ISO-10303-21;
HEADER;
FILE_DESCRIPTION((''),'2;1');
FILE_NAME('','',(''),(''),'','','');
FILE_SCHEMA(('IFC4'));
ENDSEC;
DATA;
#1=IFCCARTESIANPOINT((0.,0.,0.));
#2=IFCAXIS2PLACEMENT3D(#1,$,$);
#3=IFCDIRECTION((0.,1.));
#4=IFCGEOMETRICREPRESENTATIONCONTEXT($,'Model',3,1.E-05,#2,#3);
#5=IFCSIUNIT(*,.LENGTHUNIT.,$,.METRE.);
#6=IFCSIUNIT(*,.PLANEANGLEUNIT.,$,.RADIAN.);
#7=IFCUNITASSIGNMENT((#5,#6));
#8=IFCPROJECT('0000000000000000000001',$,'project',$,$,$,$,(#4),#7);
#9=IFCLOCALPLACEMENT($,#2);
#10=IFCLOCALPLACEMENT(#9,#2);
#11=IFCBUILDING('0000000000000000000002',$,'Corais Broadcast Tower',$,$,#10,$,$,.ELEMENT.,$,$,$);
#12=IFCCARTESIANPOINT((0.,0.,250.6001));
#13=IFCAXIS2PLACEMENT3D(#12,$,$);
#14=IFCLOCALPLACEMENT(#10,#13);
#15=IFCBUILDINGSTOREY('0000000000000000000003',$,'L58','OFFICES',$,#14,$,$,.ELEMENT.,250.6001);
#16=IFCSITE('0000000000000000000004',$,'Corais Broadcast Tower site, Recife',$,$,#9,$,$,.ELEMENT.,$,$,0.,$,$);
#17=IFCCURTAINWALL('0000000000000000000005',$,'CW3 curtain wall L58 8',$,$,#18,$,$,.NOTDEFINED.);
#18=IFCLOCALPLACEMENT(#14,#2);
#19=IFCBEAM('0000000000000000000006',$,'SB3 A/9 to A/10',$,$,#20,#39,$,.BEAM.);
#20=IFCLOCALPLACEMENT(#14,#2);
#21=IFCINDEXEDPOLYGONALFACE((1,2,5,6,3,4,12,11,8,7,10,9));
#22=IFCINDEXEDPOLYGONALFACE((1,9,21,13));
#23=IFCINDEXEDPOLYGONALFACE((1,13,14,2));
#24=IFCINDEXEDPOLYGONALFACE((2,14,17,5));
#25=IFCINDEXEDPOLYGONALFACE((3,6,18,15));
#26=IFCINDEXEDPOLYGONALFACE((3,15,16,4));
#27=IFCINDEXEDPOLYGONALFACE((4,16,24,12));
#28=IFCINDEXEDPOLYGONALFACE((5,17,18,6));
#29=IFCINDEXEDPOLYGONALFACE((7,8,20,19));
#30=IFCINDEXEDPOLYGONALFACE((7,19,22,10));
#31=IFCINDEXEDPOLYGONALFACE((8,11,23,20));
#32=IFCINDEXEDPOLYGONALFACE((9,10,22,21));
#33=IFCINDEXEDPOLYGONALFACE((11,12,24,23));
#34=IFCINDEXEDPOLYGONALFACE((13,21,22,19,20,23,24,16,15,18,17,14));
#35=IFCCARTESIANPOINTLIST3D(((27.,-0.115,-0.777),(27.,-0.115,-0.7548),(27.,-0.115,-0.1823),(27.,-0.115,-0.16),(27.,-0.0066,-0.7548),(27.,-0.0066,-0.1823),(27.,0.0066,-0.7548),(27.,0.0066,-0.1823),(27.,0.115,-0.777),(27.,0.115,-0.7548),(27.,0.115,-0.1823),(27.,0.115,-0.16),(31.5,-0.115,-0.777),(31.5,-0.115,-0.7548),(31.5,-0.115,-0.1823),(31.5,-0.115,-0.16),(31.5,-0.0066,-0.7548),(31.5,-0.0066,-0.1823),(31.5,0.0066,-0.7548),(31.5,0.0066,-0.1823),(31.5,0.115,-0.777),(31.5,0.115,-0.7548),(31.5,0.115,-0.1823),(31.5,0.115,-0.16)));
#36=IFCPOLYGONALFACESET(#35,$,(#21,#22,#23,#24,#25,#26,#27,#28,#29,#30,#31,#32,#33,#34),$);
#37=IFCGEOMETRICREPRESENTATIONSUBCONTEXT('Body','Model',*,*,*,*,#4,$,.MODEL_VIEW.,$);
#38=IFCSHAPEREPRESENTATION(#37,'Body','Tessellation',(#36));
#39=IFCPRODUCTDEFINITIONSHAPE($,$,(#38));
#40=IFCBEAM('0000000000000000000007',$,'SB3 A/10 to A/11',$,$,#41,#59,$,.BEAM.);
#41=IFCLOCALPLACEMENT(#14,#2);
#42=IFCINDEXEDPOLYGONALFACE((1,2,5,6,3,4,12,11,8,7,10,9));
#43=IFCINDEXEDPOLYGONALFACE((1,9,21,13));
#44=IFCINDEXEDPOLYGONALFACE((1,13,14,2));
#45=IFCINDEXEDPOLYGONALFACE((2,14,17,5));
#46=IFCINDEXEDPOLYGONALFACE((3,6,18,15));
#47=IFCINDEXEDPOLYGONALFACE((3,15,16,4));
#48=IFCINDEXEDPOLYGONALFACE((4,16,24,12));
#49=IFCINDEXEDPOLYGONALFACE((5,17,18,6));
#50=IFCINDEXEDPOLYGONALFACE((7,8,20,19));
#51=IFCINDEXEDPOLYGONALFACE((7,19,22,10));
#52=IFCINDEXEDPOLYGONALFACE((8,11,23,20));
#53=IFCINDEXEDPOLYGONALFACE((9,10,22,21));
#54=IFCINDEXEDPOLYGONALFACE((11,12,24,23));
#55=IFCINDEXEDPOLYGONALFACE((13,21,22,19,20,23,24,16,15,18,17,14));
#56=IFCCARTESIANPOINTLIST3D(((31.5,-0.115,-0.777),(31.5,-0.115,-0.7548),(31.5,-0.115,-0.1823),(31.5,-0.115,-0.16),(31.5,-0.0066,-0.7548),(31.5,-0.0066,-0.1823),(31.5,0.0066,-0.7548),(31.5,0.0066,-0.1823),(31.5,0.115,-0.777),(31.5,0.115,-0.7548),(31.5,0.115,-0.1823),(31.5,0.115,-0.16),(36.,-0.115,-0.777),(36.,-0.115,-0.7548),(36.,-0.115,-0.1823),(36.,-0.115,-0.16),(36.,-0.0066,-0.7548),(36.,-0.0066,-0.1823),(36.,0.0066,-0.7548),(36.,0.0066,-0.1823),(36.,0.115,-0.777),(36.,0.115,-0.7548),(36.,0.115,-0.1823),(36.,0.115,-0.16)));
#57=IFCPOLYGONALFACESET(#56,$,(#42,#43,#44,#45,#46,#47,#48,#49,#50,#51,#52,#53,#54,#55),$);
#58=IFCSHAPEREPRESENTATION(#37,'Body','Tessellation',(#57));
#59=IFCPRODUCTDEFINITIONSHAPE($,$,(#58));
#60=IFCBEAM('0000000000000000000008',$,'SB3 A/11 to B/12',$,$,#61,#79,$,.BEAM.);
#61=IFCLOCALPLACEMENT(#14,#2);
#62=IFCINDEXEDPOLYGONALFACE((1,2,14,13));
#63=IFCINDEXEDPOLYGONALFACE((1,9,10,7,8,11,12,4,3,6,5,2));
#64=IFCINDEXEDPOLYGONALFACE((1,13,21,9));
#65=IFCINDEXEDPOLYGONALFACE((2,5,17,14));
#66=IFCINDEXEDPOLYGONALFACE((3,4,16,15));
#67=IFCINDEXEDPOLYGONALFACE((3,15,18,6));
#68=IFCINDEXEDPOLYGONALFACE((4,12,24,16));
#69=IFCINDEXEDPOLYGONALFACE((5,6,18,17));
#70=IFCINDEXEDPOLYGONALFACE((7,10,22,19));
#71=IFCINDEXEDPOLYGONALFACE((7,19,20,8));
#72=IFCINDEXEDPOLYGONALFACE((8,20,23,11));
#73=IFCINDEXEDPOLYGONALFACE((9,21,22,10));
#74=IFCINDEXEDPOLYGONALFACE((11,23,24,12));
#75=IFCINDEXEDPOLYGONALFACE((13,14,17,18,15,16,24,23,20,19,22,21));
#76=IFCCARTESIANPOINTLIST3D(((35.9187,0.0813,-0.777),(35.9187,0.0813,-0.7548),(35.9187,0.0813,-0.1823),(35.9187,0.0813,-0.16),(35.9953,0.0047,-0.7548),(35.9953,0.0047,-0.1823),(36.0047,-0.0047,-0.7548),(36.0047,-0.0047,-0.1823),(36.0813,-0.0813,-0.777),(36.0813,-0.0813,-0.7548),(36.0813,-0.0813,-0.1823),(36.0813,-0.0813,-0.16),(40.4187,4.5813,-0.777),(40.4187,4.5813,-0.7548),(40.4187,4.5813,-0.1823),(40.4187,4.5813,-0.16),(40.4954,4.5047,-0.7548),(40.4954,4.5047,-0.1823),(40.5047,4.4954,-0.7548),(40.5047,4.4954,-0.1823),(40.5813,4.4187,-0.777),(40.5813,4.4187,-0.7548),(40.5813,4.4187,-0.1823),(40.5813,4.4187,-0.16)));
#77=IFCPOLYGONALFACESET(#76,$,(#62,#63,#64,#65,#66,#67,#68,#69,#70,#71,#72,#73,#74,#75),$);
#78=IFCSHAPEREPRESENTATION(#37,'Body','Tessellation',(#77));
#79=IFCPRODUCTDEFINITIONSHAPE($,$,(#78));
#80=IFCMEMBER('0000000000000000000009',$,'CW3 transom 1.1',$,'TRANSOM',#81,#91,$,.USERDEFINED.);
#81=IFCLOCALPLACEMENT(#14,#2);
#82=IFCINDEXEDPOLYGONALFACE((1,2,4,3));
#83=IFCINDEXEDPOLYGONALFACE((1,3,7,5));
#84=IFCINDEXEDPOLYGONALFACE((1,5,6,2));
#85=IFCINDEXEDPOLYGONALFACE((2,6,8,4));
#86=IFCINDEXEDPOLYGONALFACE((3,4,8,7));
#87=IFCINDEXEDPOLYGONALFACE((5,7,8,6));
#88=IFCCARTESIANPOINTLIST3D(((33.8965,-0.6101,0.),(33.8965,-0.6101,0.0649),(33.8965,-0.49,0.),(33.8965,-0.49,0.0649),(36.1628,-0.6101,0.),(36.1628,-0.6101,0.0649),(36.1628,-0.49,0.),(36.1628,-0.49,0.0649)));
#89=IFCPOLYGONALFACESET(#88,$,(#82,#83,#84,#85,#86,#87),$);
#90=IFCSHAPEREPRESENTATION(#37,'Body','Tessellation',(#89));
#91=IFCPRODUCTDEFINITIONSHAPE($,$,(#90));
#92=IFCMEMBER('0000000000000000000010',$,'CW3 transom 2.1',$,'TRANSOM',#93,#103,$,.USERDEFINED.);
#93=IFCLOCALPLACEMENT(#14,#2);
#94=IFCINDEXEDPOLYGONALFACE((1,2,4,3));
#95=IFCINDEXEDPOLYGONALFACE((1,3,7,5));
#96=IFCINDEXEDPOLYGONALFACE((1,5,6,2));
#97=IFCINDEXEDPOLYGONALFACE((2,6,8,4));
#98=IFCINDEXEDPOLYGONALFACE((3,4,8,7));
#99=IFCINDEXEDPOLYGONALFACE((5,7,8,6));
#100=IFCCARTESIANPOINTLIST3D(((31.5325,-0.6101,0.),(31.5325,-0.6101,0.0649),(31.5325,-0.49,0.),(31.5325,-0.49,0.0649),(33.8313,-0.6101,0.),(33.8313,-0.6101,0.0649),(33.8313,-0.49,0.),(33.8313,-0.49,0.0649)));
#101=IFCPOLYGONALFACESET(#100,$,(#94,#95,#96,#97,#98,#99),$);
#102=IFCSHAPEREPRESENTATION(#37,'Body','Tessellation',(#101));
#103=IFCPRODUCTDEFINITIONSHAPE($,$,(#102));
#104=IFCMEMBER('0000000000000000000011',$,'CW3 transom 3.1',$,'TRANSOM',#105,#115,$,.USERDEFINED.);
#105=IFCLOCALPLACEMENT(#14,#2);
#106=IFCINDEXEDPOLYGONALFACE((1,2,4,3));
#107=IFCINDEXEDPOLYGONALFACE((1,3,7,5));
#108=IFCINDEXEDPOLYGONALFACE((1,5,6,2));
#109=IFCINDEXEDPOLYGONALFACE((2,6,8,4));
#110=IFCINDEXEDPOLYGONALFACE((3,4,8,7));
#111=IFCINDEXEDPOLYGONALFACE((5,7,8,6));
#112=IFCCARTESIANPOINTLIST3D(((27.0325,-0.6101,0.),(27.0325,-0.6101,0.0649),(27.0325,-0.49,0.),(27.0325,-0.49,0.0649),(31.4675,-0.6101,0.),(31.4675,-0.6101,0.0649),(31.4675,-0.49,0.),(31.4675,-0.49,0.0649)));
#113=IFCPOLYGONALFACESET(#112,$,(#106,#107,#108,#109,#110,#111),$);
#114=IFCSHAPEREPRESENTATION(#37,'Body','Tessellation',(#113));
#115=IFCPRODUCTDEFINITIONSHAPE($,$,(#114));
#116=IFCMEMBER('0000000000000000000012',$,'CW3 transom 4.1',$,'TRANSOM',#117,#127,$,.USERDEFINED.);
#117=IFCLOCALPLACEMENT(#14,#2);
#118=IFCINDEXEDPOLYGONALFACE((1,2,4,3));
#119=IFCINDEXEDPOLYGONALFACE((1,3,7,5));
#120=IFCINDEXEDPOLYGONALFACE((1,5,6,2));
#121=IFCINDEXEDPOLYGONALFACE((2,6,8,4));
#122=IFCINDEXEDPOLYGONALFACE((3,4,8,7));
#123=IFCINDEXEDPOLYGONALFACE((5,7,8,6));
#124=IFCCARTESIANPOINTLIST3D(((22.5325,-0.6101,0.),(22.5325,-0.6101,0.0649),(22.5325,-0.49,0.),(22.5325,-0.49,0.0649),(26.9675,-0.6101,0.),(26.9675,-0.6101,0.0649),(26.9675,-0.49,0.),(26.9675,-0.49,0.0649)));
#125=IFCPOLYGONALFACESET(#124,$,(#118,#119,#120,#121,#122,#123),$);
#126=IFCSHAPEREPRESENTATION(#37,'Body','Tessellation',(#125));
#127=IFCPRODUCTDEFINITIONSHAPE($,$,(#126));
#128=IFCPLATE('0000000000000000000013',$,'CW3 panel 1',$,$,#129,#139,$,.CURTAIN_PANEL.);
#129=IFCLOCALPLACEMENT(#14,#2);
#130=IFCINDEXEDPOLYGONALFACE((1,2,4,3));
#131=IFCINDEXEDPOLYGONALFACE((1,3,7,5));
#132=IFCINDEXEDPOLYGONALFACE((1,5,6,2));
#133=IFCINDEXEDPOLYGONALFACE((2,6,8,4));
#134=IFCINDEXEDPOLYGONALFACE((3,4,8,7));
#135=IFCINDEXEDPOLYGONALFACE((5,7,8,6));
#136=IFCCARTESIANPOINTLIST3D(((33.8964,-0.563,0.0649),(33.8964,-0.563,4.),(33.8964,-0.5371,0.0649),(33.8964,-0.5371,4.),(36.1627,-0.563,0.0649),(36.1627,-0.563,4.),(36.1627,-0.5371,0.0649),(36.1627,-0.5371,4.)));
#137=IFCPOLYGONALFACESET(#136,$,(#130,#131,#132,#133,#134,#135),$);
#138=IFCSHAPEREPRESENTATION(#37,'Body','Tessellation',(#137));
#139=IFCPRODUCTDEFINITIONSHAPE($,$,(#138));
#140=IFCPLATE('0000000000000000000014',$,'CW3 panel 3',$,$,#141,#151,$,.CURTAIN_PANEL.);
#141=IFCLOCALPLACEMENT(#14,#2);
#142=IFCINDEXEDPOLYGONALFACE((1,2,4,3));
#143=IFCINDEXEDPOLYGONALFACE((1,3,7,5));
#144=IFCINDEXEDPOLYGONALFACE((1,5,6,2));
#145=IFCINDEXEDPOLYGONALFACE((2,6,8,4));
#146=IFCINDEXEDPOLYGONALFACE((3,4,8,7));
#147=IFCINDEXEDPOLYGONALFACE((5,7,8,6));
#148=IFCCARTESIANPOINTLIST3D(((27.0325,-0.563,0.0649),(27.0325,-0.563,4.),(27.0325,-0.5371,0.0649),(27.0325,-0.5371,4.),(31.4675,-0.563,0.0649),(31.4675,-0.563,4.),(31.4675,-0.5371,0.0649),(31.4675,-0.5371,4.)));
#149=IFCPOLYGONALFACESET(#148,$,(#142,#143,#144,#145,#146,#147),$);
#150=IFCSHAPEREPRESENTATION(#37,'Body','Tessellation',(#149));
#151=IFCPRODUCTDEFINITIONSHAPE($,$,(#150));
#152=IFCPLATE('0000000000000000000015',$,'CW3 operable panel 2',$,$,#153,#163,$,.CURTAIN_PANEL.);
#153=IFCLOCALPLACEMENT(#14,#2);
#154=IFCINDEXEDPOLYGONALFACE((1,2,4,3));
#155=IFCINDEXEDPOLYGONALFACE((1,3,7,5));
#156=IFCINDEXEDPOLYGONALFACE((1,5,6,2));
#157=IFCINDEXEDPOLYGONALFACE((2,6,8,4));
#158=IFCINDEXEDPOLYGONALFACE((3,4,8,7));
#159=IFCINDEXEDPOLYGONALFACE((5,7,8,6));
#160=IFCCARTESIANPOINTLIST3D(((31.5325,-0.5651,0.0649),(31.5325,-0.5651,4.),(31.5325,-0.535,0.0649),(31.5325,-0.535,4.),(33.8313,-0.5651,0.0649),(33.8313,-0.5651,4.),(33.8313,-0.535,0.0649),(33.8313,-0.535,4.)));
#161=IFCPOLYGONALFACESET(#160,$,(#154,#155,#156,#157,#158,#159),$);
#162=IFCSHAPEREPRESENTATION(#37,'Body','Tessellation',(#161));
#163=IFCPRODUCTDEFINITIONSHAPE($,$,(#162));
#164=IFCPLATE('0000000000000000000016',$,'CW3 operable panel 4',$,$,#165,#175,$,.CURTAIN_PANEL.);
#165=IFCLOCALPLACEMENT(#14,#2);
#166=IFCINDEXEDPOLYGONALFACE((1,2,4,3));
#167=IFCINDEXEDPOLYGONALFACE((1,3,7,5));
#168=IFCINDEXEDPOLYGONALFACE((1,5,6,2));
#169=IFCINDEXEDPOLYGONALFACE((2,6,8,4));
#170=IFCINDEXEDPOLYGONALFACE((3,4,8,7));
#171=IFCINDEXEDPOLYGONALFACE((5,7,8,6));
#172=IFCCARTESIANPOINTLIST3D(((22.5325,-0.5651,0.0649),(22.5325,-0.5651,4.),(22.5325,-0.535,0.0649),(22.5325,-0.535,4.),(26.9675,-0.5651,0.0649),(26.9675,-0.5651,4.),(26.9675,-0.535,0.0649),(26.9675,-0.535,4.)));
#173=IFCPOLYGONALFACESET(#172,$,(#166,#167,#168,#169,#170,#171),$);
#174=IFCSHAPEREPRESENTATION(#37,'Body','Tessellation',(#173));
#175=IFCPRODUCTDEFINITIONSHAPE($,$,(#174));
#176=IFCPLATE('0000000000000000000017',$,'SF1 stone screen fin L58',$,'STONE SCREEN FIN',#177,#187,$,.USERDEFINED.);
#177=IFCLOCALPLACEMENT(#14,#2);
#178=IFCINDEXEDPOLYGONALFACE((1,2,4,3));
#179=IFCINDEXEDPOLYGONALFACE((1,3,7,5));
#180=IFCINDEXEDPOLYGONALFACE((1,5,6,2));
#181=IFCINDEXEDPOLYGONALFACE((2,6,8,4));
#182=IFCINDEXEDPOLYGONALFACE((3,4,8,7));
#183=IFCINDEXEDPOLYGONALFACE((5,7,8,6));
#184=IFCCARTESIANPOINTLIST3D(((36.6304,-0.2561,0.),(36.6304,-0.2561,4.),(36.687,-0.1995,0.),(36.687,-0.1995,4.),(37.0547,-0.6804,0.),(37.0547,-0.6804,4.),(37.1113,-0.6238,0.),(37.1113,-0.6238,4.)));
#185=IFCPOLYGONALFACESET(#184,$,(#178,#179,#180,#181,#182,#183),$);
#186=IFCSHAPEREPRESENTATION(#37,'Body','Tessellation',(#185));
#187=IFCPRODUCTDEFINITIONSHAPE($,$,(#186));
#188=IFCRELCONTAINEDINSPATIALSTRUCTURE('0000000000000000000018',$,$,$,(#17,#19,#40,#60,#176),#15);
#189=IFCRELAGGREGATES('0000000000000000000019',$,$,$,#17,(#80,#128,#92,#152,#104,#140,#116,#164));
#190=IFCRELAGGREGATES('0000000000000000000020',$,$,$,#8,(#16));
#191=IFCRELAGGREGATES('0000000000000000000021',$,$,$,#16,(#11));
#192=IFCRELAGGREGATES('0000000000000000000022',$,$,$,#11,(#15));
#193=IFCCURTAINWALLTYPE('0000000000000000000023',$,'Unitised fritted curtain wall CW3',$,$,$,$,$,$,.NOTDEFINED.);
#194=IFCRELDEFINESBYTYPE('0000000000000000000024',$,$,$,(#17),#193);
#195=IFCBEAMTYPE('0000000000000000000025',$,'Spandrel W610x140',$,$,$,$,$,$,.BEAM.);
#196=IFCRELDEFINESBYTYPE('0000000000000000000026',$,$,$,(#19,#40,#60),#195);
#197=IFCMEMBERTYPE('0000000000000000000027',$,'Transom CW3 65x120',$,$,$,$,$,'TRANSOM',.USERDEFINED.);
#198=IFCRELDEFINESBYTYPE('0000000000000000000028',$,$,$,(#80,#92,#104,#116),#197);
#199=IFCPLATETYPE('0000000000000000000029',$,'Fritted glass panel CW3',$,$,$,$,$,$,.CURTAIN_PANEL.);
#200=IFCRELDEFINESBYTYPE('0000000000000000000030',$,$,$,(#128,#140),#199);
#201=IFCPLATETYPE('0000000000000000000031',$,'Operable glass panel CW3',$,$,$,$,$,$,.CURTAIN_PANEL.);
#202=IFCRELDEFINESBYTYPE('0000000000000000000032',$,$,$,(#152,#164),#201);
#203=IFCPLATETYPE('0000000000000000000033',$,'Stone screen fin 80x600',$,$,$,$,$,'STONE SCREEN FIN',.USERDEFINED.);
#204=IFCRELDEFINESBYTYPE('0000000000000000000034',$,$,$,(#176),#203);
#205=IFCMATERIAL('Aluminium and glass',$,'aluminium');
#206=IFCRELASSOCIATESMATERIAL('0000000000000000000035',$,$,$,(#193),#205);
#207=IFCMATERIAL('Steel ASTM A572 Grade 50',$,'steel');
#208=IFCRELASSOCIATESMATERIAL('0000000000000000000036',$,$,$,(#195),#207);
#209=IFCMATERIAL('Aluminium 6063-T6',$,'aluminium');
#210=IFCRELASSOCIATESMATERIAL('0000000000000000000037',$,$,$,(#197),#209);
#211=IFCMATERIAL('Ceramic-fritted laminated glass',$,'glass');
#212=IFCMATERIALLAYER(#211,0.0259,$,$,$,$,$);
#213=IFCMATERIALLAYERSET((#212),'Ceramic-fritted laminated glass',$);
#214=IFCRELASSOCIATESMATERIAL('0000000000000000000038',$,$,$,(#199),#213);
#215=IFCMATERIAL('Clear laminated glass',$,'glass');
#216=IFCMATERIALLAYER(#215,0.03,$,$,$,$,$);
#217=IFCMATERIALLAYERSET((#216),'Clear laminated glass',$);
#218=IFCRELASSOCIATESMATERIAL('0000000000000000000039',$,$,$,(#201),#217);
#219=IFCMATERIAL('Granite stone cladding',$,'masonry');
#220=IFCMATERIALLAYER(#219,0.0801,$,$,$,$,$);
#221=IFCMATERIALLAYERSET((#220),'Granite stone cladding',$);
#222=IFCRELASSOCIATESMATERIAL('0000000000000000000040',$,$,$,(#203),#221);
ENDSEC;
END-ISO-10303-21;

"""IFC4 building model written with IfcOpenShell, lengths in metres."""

from ifc_helpers import new_model, si_unit, direction, frame, origin, origin_2d, place, context, subcontext, project, spatial, rectangle, i_section, extrude, material, layer, layer_set, material_profile, profile_set, type_object, element, aggregate, save


model = new_model("IFC4")

# Units and contexts
model_context = context("Model", 3, precision=1e-05, world=origin(), true_north=direction((0.0, 1.0)))
body_context = subcontext(model_context, "Body", "Model", "MODEL_VIEW")
ifc_project = project(units=[si_unit("LENGTHUNIT", "METRE"), si_unit("PLANEANGLEUNIT", "RADIAN")], contexts=[model_context])

# Site, building, storey
site_placement = place(None, origin())
site = spatial("IfcSite", under=ifc_project, at=site_placement, Name="Corais Broadcast Tower site, Recife", CompositionType="ELEMENT", RefElevation=0.0)
building_placement = place(site_placement, origin())
building = spatial("IfcBuilding", under=site, at=building_placement, Name="Corais Broadcast Tower", CompositionType="ELEMENT")
storey_placement = place(building_placement, frame((0.0, 0.0, 250.6001)))
storey = spatial("IfcBuildingStorey", under=building, at=storey_placement, Name="L58", Description="OFFICES", CompositionType="ELEMENT", Elevation=250.6001)

# Shared definitions
ifc_material_1 = material(Name="Aluminium and glass", Category="aluminium")
curtain_wall_type = type_object("IfcCurtainWallType", Name="Unitised fritted curtain wall CW3", PredefinedType="NOTDEFINED", material=ifc_material_1)

# Curtain wall
curtain_wall_1_placement = place(storey_placement, origin())
curtain_wall_1 = element("IfcCurtainWall", 1, at=curtain_wall_1_placement, inside=storey, type_object=curtain_wall_type, Name="CW3 curtain wall L58 8", PredefinedType="NOTDEFINED")

# Beams
ifc_material_2 = material(Name="Steel ASTM A572 Grade 50", Category="steel")
ifc_material_profile_1 = material_profile(ifc_material_2, i_section(OverallWidth=0.23, OverallDepth=0.6169, WebThickness=0.0132, FlangeThickness=0.0222, at=origin_2d()), Name="W610x140")
ifc_profile_set_1 = profile_set([ifc_material_profile_1], Name="Steel ASTM A572 Grade 50")
beam_type_1 = type_object("IfcBeamType", Name="Spandrel W610x140", PredefinedType="BEAM", material=ifc_profile_set_1)
for number, where, z_axis, x_axis, name in (
    (2, (27.0, 0.0, -0.4685), (1.0, 0.0, 0.0), (0.0, 1.0, 0.0), "SB3 A/9 to A/10"),
    (3, (31.5, 0.0, -0.4685), (1.0, 0.0, 0.0), (0.0, 1.0, 0.0), "SB3 A/10 to A/11"),
):
    element("IfcBeam", number, at=place(storey_placement, frame(where, z_axis=z_axis, x_axis=x_axis)), inside=storey, type_object=beam_type_1, Name=name, PredefinedType="BEAM", context=body_context, shape_type="SweptSolid", body=[
        extrude(i_section(OverallWidth=0.23, OverallDepth=0.6169, WebThickness=0.0132, FlangeThickness=0.0222, at=origin_2d()), origin(), (0.0, 0.0, 1.0), 4.5),
    ])
beam_placement = place(storey_placement, frame((36.0, 0.0, -0.4685), z_axis=(0.707107, 0.707107, 0.0), x_axis=(-0.707107, 0.707107, 0.0)))
element("IfcBeam", 4, at=beam_placement, inside=storey, type_object=beam_type_1, Name="SB3 A/11 to B/12", PredefinedType="BEAM", context=body_context, shape_type="SweptSolid", body=[
    extrude(i_section(OverallWidth=0.23, OverallDepth=0.6169, WebThickness=0.0132, FlangeThickness=0.0222, at=origin_2d()), origin(), (0.0, 0.0, 1.0), 6.364),
])

# Members
ifc_material_3 = material(Name="Aluminium 6063-T6", Category="aluminium")
ifc_material_profile_2 = material_profile(ifc_material_3, rectangle(XDim=0.1201, YDim=0.0649, at=origin_2d()), Name="Transom CW3 65x120")
ifc_profile_set_2 = profile_set([ifc_material_profile_2], Name="Aluminium 6063-T6")
member_type_1 = type_object("IfcMemberType", Name="Transom CW3 65x120", ElementType="TRANSOM", PredefinedType="USERDEFINED", material=ifc_profile_set_2)
member_1_placement = place(storey_placement, frame((36.1628, -0.55, 0.0325), z_axis=(-1.0, 0.0, 0.0), x_axis=(0.0, -1.0, 0.0)))
member_1 = element("IfcMember", 5, at=member_1_placement, type_object=member_type_1, Name="CW3 transom 1.1", ObjectType="TRANSOM", PredefinedType="USERDEFINED", context=body_context, shape_type="SweptSolid", body=[
    extrude(rectangle(XDim=0.1201, YDim=0.0649, at=origin_2d()), origin(), (0.0, 0.0, 1.0), 2.2664),
])
member_2_placement = place(storey_placement, frame((33.8313, -0.55, 0.0325), z_axis=(-1.0, 0.0, 0.0), x_axis=(0.0, -1.0, 0.0)))
member_2 = element("IfcMember", 6, at=member_2_placement, type_object=member_type_1, Name="CW3 transom 2.1", ObjectType="TRANSOM", PredefinedType="USERDEFINED", context=body_context, shape_type="SweptSolid", body=[
    extrude(rectangle(XDim=0.1201, YDim=0.0649, at=origin_2d()), origin(), (0.0, 0.0, 1.0), 2.2988),
])
member_3_placement = place(storey_placement, frame((31.4675, -0.55, 0.0325), z_axis=(-1.0, 0.0, 0.0), x_axis=(0.0, -1.0, 0.0)))
member_3 = element("IfcMember", 7, at=member_3_placement, type_object=member_type_1, Name="CW3 transom 3.1", ObjectType="TRANSOM", PredefinedType="USERDEFINED", context=body_context, shape_type="SweptSolid", body=[
    extrude(rectangle(XDim=0.1201, YDim=0.0649, at=origin_2d()), origin(), (0.0, 0.0, 1.0), 4.4351),
])
member_4_placement = place(storey_placement, frame((26.9675, -0.55, 0.0325), z_axis=(-1.0, 0.0, 0.0), x_axis=(0.0, -1.0, 0.0)))
member_4 = element("IfcMember", 8, at=member_4_placement, type_object=member_type_1, Name="CW3 transom 4.1", ObjectType="TRANSOM", PredefinedType="USERDEFINED", context=body_context, shape_type="SweptSolid", body=[
    extrude(rectangle(XDim=0.1201, YDim=0.0649, at=origin_2d()), origin(), (0.0, 0.0, 1.0), 4.4351),
])

# Plates
ifc_material_4 = material(Name="Ceramic-fritted laminated glass", Category="glass")
ifc_layer_1 = layer(ifc_material_4, 0.0259)
ifc_layer_set_1 = layer_set([ifc_layer_1], Name="Ceramic-fritted laminated glass")
plate_type_1 = type_object("IfcPlateType", Name="Fritted glass panel CW3", PredefinedType="CURTAIN_PANEL", material=ifc_layer_set_1)
plate_1_placement = place(storey_placement, frame((35.0295, -0.55, 0.0649), z_axis=(0.0, 0.0, 1.0), x_axis=(-1.0, 0.0, 0.0)))
plate_1 = element("IfcPlate", 9, at=plate_1_placement, type_object=plate_type_1, Name="CW3 panel 1", PredefinedType="CURTAIN_PANEL", context=body_context, shape_type="SweptSolid", body=[
    extrude(rectangle(XDim=2.2664, YDim=0.0259, at=origin_2d()), origin(), (0.0, 0.0, 1.0), 3.9351),
])
plate_2_placement = place(storey_placement, frame((29.25, -0.55, 0.0649), z_axis=(0.0, 0.0, 1.0), x_axis=(-1.0, 0.0, 0.0)))
plate_2 = element("IfcPlate", 10, at=plate_2_placement, type_object=plate_type_1, Name="CW3 panel 3", PredefinedType="CURTAIN_PANEL", context=body_context, shape_type="SweptSolid", body=[
    extrude(rectangle(XDim=4.4351, YDim=0.0259, at=origin_2d()), origin(), (0.0, 0.0, 1.0), 3.9351),
])
ifc_material_5 = material(Name="Clear laminated glass", Category="glass")
ifc_layer_2 = layer(ifc_material_5, 0.03)
ifc_layer_set_2 = layer_set([ifc_layer_2], Name="Clear laminated glass")
plate_type_2 = type_object("IfcPlateType", Name="Operable glass panel CW3", PredefinedType="CURTAIN_PANEL", material=ifc_layer_set_2)
plate_3_placement = place(storey_placement, frame((32.6819, -0.55, 0.0649), z_axis=(0.0, 0.0, 1.0), x_axis=(-1.0, 0.0, 0.0)))
plate_3 = element("IfcPlate", 11, at=plate_3_placement, type_object=plate_type_2, Name="CW3 operable panel 2", PredefinedType="CURTAIN_PANEL", context=body_context, shape_type="SweptSolid", body=[
    extrude(rectangle(XDim=2.2988, YDim=0.03, at=origin_2d()), origin(), (0.0, 0.0, 1.0), 3.9351),
])
plate_4_placement = place(storey_placement, frame((24.75, -0.55, 0.0649), z_axis=(0.0, 0.0, 1.0), x_axis=(-1.0, 0.0, 0.0)))
plate_4 = element("IfcPlate", 12, at=plate_4_placement, type_object=plate_type_2, Name="CW3 operable panel 4", PredefinedType="CURTAIN_PANEL", context=body_context, shape_type="SweptSolid", body=[
    extrude(rectangle(XDim=4.4351, YDim=0.03, at=origin_2d()), origin(), (0.0, 0.0, 1.0), 3.9351),
])
aggregate(curtain_wall_1, [member_1, plate_1, member_2, plate_3, member_3, plate_2, member_4, plate_4])
ifc_material_6 = material(Name="Granite stone cladding", Category="masonry")
ifc_layer_3 = layer(ifc_material_6, 0.0801)
ifc_layer_set_3 = layer_set([ifc_layer_3], Name="Granite stone cladding")
plate_type_3 = type_object("IfcPlateType", Name="Stone screen fin 80x600", ElementType="STONE SCREEN FIN", PredefinedType="USERDEFINED", material=ifc_layer_set_3)
plate_5_placement = place(storey_placement, frame((36.8708, -0.4399, 0.0), z_axis=(0.0, 0.0, 1.0), x_axis=(-0.707107, -0.707107, 0.0)))
element("IfcPlate", 13, at=plate_5_placement, inside=storey, type_object=plate_type_3, Name="SF1 stone screen fin L58", ObjectType="STONE SCREEN FIN", PredefinedType="USERDEFINED", context=body_context, shape_type="SweptSolid", body=[
    extrude(rectangle(XDim=0.0801, YDim=0.6001, at=origin_2d()), origin(), (0.0, 0.0, 1.0), 4.0),
])

save(model, "model.ifc")
